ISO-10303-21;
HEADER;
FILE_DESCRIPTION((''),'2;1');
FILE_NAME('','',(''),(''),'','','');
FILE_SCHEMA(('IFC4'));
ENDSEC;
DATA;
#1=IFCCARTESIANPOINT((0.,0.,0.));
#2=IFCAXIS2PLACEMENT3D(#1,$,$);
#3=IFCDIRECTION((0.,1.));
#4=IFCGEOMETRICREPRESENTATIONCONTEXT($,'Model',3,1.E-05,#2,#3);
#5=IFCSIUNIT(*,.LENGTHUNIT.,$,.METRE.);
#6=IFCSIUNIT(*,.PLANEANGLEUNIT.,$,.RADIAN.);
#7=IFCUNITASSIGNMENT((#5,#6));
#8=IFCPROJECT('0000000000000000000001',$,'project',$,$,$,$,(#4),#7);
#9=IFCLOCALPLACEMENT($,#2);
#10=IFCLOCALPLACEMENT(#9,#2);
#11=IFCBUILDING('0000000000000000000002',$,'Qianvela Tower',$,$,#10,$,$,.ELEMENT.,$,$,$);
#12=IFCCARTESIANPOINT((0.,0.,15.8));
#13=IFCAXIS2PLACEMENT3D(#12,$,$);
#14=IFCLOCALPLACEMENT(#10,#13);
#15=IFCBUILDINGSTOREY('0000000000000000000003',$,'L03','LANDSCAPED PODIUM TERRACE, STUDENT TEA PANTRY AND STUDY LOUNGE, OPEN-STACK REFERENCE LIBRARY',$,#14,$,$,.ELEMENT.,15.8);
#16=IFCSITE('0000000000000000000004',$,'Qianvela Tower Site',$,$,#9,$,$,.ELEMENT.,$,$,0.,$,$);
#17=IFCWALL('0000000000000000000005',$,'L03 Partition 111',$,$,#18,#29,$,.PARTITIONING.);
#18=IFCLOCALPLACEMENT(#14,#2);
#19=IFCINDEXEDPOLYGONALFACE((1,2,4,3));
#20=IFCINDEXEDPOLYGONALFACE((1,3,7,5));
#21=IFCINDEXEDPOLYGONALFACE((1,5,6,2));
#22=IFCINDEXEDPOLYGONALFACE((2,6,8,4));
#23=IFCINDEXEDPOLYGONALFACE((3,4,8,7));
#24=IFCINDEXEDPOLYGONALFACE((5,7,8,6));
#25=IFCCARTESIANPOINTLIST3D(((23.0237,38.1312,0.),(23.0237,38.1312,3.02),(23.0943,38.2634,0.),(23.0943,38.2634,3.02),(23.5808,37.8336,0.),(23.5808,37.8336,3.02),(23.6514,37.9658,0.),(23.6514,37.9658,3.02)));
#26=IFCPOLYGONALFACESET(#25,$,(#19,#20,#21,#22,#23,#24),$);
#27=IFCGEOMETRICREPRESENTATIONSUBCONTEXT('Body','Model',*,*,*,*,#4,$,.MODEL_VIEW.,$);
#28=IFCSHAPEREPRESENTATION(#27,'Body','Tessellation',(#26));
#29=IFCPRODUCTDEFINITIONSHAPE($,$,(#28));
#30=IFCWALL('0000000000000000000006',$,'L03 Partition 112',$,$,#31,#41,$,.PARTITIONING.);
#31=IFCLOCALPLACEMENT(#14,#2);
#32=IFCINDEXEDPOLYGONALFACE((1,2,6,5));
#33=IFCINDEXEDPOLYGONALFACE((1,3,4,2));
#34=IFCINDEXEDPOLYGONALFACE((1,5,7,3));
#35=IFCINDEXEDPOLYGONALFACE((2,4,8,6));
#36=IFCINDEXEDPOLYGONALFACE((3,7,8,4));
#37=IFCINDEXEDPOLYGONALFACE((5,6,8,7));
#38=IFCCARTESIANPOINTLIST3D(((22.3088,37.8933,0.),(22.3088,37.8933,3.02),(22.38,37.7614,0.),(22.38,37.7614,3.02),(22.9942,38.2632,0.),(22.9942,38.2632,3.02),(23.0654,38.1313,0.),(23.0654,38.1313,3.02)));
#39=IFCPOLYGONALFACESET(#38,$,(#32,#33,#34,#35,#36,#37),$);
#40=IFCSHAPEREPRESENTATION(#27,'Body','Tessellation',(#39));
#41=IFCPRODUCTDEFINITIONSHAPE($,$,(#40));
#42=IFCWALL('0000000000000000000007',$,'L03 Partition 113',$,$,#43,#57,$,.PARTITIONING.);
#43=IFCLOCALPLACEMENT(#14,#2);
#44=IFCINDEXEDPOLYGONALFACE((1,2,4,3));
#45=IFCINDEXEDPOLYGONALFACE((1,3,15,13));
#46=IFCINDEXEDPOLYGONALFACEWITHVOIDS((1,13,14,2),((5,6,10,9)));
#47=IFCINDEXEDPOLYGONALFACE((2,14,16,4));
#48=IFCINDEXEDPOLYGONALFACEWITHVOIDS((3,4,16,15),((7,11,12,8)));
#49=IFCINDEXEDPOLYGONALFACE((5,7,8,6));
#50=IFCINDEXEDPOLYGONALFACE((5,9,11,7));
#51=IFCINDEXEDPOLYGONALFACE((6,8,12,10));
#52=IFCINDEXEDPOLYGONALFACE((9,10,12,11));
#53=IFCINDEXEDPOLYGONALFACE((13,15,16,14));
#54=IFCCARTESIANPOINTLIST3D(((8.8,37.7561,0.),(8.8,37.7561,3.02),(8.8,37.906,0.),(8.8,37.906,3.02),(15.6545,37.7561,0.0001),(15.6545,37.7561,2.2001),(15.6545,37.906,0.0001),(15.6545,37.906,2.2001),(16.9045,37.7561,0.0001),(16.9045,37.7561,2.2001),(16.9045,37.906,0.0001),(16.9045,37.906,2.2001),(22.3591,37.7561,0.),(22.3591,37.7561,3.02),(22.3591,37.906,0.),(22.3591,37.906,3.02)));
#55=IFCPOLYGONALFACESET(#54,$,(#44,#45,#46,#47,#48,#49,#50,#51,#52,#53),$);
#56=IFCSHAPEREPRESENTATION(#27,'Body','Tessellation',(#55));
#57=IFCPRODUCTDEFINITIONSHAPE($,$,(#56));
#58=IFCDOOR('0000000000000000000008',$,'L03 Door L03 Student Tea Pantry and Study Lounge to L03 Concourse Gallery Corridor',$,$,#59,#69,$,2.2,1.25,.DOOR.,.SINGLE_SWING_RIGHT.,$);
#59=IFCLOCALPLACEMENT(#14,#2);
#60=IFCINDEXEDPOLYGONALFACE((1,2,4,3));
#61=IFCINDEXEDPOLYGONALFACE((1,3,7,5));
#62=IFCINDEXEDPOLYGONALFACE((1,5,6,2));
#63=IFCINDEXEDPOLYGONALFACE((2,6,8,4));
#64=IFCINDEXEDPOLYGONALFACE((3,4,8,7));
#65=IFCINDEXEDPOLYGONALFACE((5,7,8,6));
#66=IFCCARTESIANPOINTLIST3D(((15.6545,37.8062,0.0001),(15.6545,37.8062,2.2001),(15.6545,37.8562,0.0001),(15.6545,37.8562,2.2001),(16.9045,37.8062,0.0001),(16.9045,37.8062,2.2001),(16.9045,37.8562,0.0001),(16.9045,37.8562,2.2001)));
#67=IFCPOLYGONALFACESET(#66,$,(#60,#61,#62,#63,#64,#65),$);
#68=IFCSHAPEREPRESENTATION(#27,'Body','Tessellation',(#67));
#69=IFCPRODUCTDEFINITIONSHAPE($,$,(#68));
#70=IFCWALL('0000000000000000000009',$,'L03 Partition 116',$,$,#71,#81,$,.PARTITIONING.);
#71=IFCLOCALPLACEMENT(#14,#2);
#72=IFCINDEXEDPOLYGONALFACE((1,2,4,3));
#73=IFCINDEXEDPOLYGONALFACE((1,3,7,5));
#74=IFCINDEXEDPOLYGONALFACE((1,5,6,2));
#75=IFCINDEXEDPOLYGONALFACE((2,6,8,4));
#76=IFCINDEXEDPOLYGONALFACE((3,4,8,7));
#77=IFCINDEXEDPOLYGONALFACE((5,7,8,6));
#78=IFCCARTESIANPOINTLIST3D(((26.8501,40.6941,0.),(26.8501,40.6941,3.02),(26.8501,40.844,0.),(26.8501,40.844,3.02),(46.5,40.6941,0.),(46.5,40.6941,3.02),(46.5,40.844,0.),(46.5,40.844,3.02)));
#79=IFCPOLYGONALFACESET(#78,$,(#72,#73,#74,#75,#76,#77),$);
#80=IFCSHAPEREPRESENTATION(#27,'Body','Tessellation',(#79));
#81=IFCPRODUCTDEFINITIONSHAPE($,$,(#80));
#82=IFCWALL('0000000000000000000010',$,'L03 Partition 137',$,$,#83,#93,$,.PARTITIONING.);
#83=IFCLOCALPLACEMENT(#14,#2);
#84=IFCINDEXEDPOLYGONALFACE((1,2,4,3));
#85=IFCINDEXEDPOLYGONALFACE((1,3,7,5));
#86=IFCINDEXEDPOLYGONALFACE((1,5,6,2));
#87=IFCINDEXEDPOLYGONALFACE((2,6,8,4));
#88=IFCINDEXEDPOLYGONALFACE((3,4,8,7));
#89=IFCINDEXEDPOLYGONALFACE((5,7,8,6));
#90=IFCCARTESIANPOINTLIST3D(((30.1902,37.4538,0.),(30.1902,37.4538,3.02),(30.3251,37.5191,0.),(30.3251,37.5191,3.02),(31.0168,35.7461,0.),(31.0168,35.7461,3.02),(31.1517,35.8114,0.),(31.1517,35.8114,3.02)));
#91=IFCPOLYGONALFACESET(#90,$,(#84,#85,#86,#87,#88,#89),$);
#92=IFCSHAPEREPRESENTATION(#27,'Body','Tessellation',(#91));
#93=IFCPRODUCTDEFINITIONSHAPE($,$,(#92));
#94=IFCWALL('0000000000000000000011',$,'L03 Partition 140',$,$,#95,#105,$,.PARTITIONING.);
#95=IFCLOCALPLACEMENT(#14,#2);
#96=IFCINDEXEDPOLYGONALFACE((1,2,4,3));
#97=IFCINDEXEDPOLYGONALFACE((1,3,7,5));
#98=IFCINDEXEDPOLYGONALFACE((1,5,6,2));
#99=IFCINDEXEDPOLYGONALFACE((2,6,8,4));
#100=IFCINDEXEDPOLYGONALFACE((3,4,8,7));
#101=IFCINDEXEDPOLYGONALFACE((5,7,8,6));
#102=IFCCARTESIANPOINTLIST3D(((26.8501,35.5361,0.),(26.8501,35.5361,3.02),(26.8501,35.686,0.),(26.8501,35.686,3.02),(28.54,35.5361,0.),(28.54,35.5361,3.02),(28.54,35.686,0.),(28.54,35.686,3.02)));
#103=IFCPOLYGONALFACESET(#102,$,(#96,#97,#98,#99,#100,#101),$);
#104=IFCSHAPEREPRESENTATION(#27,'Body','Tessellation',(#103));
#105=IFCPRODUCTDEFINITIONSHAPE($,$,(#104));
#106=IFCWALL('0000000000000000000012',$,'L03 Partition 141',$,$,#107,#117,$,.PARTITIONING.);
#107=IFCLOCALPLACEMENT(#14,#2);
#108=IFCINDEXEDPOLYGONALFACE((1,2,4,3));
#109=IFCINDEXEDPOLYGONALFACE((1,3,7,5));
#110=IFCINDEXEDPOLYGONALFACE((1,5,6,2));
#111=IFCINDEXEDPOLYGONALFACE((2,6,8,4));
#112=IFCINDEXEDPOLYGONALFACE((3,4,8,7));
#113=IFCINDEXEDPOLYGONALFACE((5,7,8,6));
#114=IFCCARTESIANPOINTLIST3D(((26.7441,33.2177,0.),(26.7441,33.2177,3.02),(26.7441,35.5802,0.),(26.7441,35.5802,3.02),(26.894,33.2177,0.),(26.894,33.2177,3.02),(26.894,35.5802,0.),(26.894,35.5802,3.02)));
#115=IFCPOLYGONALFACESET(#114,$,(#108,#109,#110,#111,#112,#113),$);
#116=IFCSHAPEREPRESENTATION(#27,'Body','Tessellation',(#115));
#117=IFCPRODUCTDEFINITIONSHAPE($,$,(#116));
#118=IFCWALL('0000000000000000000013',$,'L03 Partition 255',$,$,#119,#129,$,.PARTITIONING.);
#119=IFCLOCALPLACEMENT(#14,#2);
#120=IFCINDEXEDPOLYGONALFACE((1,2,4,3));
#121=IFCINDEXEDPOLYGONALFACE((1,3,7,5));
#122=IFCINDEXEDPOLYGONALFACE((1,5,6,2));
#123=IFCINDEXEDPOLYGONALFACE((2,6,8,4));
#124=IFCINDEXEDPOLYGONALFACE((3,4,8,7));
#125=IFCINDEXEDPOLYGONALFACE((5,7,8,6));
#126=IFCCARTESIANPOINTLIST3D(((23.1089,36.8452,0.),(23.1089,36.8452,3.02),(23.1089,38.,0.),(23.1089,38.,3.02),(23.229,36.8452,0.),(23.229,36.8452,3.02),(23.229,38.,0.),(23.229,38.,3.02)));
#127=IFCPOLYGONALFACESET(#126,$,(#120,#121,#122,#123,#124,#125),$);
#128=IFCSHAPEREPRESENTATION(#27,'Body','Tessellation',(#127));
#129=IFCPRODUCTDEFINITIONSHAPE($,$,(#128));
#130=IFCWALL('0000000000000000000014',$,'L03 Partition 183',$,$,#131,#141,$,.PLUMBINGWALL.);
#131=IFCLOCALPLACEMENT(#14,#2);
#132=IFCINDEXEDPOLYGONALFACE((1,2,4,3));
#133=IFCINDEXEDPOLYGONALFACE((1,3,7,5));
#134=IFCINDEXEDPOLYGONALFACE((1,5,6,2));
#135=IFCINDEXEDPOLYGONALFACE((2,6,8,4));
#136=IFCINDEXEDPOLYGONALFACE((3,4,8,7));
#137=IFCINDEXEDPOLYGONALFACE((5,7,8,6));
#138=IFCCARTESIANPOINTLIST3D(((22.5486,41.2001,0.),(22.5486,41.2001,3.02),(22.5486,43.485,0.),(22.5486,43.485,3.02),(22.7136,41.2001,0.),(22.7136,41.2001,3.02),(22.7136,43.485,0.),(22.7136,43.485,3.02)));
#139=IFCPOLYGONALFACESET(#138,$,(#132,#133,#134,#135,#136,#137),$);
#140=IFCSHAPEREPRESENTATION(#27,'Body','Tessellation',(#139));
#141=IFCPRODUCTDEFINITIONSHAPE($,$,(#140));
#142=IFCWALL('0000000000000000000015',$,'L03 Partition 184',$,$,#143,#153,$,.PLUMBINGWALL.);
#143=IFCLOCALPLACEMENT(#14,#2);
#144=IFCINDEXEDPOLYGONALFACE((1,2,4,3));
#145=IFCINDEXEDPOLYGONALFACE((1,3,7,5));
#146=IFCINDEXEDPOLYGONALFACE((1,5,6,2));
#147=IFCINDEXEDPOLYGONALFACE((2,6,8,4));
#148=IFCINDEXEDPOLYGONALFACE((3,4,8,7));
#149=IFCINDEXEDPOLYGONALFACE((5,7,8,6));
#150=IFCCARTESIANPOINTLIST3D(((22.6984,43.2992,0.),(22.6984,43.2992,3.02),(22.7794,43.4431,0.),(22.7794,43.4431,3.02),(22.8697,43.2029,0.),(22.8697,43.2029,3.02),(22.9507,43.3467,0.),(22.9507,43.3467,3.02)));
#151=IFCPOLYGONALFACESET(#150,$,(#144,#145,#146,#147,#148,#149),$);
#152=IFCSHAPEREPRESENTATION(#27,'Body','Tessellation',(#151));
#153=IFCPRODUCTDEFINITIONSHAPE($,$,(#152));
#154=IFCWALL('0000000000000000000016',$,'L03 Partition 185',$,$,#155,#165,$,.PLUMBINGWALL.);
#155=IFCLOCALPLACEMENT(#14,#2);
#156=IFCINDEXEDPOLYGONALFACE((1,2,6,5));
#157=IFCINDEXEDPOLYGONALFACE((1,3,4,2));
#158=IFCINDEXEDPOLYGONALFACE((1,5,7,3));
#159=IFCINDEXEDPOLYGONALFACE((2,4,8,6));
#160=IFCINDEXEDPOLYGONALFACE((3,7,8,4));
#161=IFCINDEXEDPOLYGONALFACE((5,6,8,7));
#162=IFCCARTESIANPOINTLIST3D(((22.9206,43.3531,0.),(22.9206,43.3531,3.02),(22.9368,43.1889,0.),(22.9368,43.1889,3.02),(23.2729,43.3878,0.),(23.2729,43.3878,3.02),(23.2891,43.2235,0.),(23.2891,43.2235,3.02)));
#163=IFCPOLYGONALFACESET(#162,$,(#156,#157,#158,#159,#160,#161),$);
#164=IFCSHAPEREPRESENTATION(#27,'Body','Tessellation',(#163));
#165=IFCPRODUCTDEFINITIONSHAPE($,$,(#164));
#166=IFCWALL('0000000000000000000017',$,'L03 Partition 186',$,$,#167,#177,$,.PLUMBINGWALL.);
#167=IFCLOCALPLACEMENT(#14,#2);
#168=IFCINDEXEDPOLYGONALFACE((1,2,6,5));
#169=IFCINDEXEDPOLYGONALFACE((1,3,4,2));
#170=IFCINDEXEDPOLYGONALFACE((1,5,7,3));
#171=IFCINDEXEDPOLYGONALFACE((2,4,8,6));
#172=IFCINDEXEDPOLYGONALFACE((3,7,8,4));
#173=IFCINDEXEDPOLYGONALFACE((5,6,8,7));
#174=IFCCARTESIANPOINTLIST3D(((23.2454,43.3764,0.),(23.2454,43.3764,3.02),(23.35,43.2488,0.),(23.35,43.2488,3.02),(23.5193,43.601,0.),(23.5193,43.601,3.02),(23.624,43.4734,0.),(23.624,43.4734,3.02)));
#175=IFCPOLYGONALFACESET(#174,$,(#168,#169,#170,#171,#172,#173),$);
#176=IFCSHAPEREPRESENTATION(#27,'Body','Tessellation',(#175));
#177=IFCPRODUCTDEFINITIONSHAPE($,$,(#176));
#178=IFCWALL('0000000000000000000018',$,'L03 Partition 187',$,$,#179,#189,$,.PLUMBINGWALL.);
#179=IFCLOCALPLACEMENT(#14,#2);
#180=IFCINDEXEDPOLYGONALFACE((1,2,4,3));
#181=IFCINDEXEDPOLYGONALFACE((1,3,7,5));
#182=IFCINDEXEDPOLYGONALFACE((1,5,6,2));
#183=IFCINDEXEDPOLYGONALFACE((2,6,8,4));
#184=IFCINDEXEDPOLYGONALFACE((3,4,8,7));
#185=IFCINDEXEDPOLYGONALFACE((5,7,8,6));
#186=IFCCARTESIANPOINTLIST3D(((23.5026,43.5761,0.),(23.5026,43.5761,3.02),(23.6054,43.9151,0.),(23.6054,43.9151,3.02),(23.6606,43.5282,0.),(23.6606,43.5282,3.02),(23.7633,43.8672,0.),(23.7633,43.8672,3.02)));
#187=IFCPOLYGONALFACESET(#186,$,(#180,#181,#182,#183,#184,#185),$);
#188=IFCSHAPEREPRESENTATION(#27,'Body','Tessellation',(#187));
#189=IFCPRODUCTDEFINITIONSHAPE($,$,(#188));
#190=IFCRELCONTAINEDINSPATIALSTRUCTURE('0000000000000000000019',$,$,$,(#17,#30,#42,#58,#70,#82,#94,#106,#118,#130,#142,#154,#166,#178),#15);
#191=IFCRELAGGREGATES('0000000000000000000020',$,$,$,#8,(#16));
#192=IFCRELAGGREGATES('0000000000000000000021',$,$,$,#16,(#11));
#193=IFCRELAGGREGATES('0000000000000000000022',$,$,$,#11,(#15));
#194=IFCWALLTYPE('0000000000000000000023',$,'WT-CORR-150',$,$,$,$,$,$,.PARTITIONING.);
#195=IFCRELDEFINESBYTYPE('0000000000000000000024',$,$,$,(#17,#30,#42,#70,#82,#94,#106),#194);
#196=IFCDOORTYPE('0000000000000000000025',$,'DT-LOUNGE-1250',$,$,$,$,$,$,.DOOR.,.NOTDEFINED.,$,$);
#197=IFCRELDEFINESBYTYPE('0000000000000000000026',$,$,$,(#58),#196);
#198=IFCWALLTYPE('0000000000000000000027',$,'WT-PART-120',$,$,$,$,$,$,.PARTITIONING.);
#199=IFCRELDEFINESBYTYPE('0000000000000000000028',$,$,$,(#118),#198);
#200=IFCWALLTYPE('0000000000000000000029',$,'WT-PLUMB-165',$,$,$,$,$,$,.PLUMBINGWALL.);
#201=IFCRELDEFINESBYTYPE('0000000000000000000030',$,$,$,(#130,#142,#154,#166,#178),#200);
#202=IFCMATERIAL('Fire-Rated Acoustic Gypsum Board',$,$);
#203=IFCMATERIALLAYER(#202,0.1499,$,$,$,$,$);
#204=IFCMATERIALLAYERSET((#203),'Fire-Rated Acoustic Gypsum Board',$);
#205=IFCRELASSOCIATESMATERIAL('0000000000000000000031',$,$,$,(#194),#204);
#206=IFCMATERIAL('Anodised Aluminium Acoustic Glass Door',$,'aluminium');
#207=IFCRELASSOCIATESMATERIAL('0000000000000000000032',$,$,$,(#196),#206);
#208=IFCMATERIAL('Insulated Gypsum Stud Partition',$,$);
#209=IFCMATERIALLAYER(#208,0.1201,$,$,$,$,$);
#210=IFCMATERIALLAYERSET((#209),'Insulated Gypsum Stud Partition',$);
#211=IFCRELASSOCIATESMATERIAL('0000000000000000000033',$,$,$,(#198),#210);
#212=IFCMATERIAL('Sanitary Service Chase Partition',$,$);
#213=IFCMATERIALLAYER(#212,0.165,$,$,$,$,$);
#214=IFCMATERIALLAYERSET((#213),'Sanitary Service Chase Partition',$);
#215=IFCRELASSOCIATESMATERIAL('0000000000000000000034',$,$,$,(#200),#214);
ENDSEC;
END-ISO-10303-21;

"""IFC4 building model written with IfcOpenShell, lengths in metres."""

from ifc_helpers import new_model, si_unit, direction, frame, frame_2d, origin, place, context, subcontext, project, spatial, rectangle, extrude, material, layer, layer_set, type_object, element, fill, save


model = new_model("IFC4")

# Units and contexts
model_context = context("Model", 3, precision=1e-05, world=origin(), true_north=direction((0.0, 1.0)))
body_context = subcontext(model_context, "Body", "Model", "MODEL_VIEW")
ifc_project = project(units=[si_unit("LENGTHUNIT", "METRE"), si_unit("PLANEANGLEUNIT", "RADIAN")], contexts=[model_context])

# Site, building, storey
site_placement = place(None, origin())
site = spatial("IfcSite", under=ifc_project, at=site_placement, Name="Qianvela Tower Site", CompositionType="ELEMENT", RefElevation=0.0)
building_placement = place(site_placement, origin())
building = spatial("IfcBuilding", under=site, at=building_placement, Name="Qianvela Tower", CompositionType="ELEMENT")
storey_placement = place(building_placement, frame((0.0, 0.0, 15.8)))
storey = spatial("IfcBuildingStorey", under=building, at=storey_placement, Name="L03", Description="LANDSCAPED PODIUM TERRACE, STUDENT TEA PANTRY AND STUDY LOUNGE, OPEN-STACK REFERENCE LIBRARY", CompositionType="ELEMENT", Elevation=15.8)

# Walls
ifc_material_1 = material(Name="Fire-Rated Acoustic Gypsum Board")
ifc_layer_1 = layer(ifc_material_1, 0.1499)
ifc_layer_set_1 = layer_set([ifc_layer_1], Name="Fire-Rated Acoustic Gypsum Board")
wall_type_1 = type_object("IfcWallType", Name="WT-CORR-150", PredefinedType="PARTITIONING", material=ifc_layer_set_1)
for number, where, z_axis, x_axis, name in (
    (1, (23.6162, 37.8997, 0.0), (0.0, 0.0, 1.0), (-0.882042, 0.47117, 0.0), "L03 Partition 111"),
):
    element("IfcWall", number, at=place(storey_placement, frame(where, z_axis=z_axis, x_axis=x_axis)), inside=storey, type_object=wall_type_1, Name=name, PredefinedType="PARTITIONING", context=body_context, shape_type="SweptSolid", body=[
        extrude(rectangle(XDim=0.6316, YDim=0.1499, at=frame_2d((0.3159, 0.0))), origin(), (0.0, 0.0, 1.0), 3.02),
    ])
wall_1_placement = place(storey_placement, frame((23.0298, 38.1973, 0.0), z_axis=(0.0, 0.0, 1.0), x_axis=(-0.880008, -0.47496, 0.0)))
element("IfcWall", 2, at=wall_1_placement, inside=storey, type_object=wall_type_1, Name="L03 Partition 112", PredefinedType="PARTITIONING", context=body_context, shape_type="SweptSolid", body=[
    extrude(rectangle(XDim=0.7788, YDim=0.1499, at=frame_2d((0.3894, 0.0))), origin(), (0.0, 0.0, 1.0), 3.02),
])

# Wall, opening, door
wall_2_placement = place(storey_placement, frame((22.3591, 37.8311, 0.0), z_axis=(0.0, 0.0, 1.0), x_axis=(-1.0, 0.0, 0.0)))
wall_2 = element("IfcWall", 3, at=wall_2_placement, inside=storey, type_object=wall_type_1, Name="L03 Partition 113", PredefinedType="PARTITIONING", context=body_context, shape_type="SweptSolid", body=[
    extrude(rectangle(XDim=13.5591, YDim=0.1499, at=frame_2d((6.7795, 0.0))), origin(), (0.0, 0.0, 1.0), 3.02),
])
opening_placement = place(wall_2_placement, frame((5.4546, 0.0, 0.0)))
opening = element("IfcOpeningElement", 4, at=opening_placement, cuts=wall_2, PredefinedType="OPENING", context=body_context, shape_type="SweptSolid", body=[
    extrude(rectangle(XDim=1.25, YDim=2.2, at=frame_2d((0.625, 1.1001))), frame((0.0, 0.085, 0.0), z_axis=(0.0, -1.0, 0.0), x_axis=(1.0, 0.0, 0.0)), (0.0, 0.0, 1.0), 0.1699),
])
ifc_material_2 = material(Name="Anodised Aluminium Acoustic Glass Door", Category="aluminium")
door_type = type_object("IfcDoorType", Name="DT-LOUNGE-1250", OperationType="NOTDEFINED", PredefinedType="DOOR", material=ifc_material_2)
door_placement = place(opening_placement, origin())
door = element("IfcDoor", 5, at=door_placement, inside=storey, type_object=door_type, Name="L03 Door L03 Student Tea Pantry and Study Lounge to L03 Concourse Gallery Corridor", OperationType="SINGLE_SWING_RIGHT", OverallHeight=2.2, OverallWidth=1.25, PredefinedType="DOOR", context=body_context, shape_type="SweptSolid", body=[
    extrude(rectangle(XDim=1.25, YDim=2.2, at=frame_2d((0.625, 1.1001))), frame((0.0, 0.0249, 0.0), z_axis=(0.0, -1.0, 0.0), x_axis=(1.0, 0.0, 0.0)), (0.0, 0.0, 1.0), 0.05),
])
fill(opening, door)

# Walls
wall_3_placement = place(storey_placement, frame((26.8501, 40.769, 0.0), z_axis=(0.0, 0.0, 1.0), x_axis=(1.0, 0.0, 0.0)))
element("IfcWall", 6, at=wall_3_placement, inside=storey, type_object=wall_type_1, Name="L03 Partition 116", PredefinedType="PARTITIONING", context=body_context, shape_type="SweptSolid", body=[
    extrude(rectangle(XDim=19.6499, YDim=0.1499, at=frame_2d((9.825, 0.0))), origin(), (0.0, 0.0, 1.0), 3.02),
])
wall_4_placement = place(storey_placement, frame((30.2576, 37.4866, 0.0), z_axis=(0.0, 0.0, 1.0), x_axis=(0.435699, -0.900093, 0.0)))
element("IfcWall", 7, at=wall_4_placement, inside=storey, type_object=wall_type_1, Name="L03 Partition 137", PredefinedType="PARTITIONING", context=body_context, shape_type="SweptSolid", body=[
    extrude(rectangle(XDim=1.8972, YDim=0.1499, at=frame_2d((0.9487, 0.0))), origin(), (0.0, 0.0, 1.0), 3.02),
])
wall_5_placement = place(storey_placement, frame((28.54, 35.6111, 0.0), z_axis=(0.0, 0.0, 1.0), x_axis=(-1.0, 0.0, 0.0)))
element("IfcWall", 8, at=wall_5_placement, inside=storey, type_object=wall_type_1, Name="L03 Partition 140", PredefinedType="PARTITIONING", context=body_context, shape_type="SweptSolid", body=[
    extrude(rectangle(XDim=1.6899, YDim=0.1499, at=frame_2d((0.845, 0.0))), origin(), (0.0, 0.0, 1.0), 3.02),
])
wall_6_placement = place(storey_placement, frame((26.8191, 35.5801, 0.0), z_axis=(0.0, 0.0, 1.0), x_axis=(0.0, -1.0, 0.0)))
element("IfcWall", 9, at=wall_6_placement, inside=storey, type_object=wall_type_1, Name="L03 Partition 141", PredefinedType="PARTITIONING", context=body_context, shape_type="SweptSolid", body=[
    extrude(rectangle(XDim=2.3625, YDim=0.1499, at=frame_2d((1.1812, 0.0))), origin(), (0.0, 0.0, 1.0), 3.02),
])
ifc_material_3 = material(Name="Insulated Gypsum Stud Partition")
ifc_layer_2 = layer(ifc_material_3, 0.1201)
ifc_layer_set_2 = layer_set([ifc_layer_2], Name="Insulated Gypsum Stud Partition")
wall_type_2 = type_object("IfcWallType", Name="WT-PART-120", PredefinedType="PARTITIONING", material=ifc_layer_set_2)
wall_7_placement = place(storey_placement, frame((23.1689, 38.0, 0.0), z_axis=(0.0, 0.0, 1.0), x_axis=(0.0, -1.0, 0.0)))
element("IfcWall", 10, at=wall_7_placement, inside=storey, type_object=wall_type_2, Name="L03 Partition 255", PredefinedType="PARTITIONING", context=body_context, shape_type="SweptSolid", body=[
    extrude(rectangle(XDim=1.1548, YDim=0.1201, at=frame_2d((0.5774, 0.0))), origin(), (0.0, 0.0, 1.0), 3.02),
])
ifc_material_4 = material(Name="Sanitary Service Chase Partition")
ifc_layer_3 = layer(ifc_material_4, 0.165)
ifc_layer_set_3 = layer_set([ifc_layer_3], Name="Sanitary Service Chase Partition")
wall_type_3 = type_object("IfcWallType", Name="WT-PLUMB-165", PredefinedType="PLUMBINGWALL", material=ifc_layer_set_3)
wall_8_placement = place(storey_placement, frame((22.6311, 41.2, 0.0), z_axis=(0.0, 0.0, 1.0), x_axis=(0.0, 1.0, 0.0)))
element("IfcWall", 11, at=wall_8_placement, inside=storey, type_object=wall_type_3, Name="L03 Partition 183", PredefinedType="PLUMBINGWALL", context=body_context, shape_type="SweptSolid", body=[
    extrude(rectangle(XDim=2.2849, YDim=0.165, at=frame_2d((1.1426, 0.0))), origin(), (0.0, 0.0, 1.0), 3.02),
])
wall_9_placement = place(storey_placement, frame((22.739, 43.3711, 0.0), z_axis=(0.0, 0.0, 1.0), x_axis=(0.871509, -0.490379, 0.0)))
element("IfcWall", 12, at=wall_9_placement, inside=storey, type_object=wall_type_3, Name="L03 Partition 184", PredefinedType="PLUMBINGWALL", context=body_context, shape_type="SweptSolid", body=[
    extrude(rectangle(XDim=0.1965, YDim=0.165, at=frame_2d((0.0981, 0.0))), origin(), (0.0, 0.0, 1.0), 3.02),
])
wall_10_placement = place(storey_placement, frame((22.9287, 43.271, 0.0), z_axis=(0.0, 0.0, 1.0), x_axis=(0.995193, 0.097933, 0.0)))
element("IfcWall", 13, at=wall_10_placement, inside=storey, type_object=wall_type_3, Name="L03 Partition 185", PredefinedType="PLUMBINGWALL", context=body_context, shape_type="SweptSolid", body=[
    extrude(rectangle(XDim=0.354, YDim=0.165, at=frame_2d((0.177, 0.0))), origin(), (0.0, 0.0, 1.0), 3.02),
])
for number, where, z_axis, x_axis, name in (
    (14, (23.2976, 43.3125, 0.0), (0.0, 0.0, 1.0), (0.773281, 0.634063, 0.0), "L03 Partition 186"),
    (15, (23.5815, 43.552, 0.0), (0.0, 0.0, 1.0), (0.290065, 0.957007, 0.0), "L03 Partition 187"),
):
    element("IfcWall", number, at=place(storey_placement, frame(where, z_axis=z_axis, x_axis=x_axis)), inside=storey, type_object=wall_type_3, Name=name, PredefinedType="PLUMBINGWALL", context=body_context, shape_type="SweptSolid", body=[
        extrude(rectangle(XDim=0.3542, YDim=0.165, at=frame_2d((0.1772, 0.0))), origin(), (0.0, 0.0, 1.0), 3.02),
    ])

save(model, "model.ifc")
